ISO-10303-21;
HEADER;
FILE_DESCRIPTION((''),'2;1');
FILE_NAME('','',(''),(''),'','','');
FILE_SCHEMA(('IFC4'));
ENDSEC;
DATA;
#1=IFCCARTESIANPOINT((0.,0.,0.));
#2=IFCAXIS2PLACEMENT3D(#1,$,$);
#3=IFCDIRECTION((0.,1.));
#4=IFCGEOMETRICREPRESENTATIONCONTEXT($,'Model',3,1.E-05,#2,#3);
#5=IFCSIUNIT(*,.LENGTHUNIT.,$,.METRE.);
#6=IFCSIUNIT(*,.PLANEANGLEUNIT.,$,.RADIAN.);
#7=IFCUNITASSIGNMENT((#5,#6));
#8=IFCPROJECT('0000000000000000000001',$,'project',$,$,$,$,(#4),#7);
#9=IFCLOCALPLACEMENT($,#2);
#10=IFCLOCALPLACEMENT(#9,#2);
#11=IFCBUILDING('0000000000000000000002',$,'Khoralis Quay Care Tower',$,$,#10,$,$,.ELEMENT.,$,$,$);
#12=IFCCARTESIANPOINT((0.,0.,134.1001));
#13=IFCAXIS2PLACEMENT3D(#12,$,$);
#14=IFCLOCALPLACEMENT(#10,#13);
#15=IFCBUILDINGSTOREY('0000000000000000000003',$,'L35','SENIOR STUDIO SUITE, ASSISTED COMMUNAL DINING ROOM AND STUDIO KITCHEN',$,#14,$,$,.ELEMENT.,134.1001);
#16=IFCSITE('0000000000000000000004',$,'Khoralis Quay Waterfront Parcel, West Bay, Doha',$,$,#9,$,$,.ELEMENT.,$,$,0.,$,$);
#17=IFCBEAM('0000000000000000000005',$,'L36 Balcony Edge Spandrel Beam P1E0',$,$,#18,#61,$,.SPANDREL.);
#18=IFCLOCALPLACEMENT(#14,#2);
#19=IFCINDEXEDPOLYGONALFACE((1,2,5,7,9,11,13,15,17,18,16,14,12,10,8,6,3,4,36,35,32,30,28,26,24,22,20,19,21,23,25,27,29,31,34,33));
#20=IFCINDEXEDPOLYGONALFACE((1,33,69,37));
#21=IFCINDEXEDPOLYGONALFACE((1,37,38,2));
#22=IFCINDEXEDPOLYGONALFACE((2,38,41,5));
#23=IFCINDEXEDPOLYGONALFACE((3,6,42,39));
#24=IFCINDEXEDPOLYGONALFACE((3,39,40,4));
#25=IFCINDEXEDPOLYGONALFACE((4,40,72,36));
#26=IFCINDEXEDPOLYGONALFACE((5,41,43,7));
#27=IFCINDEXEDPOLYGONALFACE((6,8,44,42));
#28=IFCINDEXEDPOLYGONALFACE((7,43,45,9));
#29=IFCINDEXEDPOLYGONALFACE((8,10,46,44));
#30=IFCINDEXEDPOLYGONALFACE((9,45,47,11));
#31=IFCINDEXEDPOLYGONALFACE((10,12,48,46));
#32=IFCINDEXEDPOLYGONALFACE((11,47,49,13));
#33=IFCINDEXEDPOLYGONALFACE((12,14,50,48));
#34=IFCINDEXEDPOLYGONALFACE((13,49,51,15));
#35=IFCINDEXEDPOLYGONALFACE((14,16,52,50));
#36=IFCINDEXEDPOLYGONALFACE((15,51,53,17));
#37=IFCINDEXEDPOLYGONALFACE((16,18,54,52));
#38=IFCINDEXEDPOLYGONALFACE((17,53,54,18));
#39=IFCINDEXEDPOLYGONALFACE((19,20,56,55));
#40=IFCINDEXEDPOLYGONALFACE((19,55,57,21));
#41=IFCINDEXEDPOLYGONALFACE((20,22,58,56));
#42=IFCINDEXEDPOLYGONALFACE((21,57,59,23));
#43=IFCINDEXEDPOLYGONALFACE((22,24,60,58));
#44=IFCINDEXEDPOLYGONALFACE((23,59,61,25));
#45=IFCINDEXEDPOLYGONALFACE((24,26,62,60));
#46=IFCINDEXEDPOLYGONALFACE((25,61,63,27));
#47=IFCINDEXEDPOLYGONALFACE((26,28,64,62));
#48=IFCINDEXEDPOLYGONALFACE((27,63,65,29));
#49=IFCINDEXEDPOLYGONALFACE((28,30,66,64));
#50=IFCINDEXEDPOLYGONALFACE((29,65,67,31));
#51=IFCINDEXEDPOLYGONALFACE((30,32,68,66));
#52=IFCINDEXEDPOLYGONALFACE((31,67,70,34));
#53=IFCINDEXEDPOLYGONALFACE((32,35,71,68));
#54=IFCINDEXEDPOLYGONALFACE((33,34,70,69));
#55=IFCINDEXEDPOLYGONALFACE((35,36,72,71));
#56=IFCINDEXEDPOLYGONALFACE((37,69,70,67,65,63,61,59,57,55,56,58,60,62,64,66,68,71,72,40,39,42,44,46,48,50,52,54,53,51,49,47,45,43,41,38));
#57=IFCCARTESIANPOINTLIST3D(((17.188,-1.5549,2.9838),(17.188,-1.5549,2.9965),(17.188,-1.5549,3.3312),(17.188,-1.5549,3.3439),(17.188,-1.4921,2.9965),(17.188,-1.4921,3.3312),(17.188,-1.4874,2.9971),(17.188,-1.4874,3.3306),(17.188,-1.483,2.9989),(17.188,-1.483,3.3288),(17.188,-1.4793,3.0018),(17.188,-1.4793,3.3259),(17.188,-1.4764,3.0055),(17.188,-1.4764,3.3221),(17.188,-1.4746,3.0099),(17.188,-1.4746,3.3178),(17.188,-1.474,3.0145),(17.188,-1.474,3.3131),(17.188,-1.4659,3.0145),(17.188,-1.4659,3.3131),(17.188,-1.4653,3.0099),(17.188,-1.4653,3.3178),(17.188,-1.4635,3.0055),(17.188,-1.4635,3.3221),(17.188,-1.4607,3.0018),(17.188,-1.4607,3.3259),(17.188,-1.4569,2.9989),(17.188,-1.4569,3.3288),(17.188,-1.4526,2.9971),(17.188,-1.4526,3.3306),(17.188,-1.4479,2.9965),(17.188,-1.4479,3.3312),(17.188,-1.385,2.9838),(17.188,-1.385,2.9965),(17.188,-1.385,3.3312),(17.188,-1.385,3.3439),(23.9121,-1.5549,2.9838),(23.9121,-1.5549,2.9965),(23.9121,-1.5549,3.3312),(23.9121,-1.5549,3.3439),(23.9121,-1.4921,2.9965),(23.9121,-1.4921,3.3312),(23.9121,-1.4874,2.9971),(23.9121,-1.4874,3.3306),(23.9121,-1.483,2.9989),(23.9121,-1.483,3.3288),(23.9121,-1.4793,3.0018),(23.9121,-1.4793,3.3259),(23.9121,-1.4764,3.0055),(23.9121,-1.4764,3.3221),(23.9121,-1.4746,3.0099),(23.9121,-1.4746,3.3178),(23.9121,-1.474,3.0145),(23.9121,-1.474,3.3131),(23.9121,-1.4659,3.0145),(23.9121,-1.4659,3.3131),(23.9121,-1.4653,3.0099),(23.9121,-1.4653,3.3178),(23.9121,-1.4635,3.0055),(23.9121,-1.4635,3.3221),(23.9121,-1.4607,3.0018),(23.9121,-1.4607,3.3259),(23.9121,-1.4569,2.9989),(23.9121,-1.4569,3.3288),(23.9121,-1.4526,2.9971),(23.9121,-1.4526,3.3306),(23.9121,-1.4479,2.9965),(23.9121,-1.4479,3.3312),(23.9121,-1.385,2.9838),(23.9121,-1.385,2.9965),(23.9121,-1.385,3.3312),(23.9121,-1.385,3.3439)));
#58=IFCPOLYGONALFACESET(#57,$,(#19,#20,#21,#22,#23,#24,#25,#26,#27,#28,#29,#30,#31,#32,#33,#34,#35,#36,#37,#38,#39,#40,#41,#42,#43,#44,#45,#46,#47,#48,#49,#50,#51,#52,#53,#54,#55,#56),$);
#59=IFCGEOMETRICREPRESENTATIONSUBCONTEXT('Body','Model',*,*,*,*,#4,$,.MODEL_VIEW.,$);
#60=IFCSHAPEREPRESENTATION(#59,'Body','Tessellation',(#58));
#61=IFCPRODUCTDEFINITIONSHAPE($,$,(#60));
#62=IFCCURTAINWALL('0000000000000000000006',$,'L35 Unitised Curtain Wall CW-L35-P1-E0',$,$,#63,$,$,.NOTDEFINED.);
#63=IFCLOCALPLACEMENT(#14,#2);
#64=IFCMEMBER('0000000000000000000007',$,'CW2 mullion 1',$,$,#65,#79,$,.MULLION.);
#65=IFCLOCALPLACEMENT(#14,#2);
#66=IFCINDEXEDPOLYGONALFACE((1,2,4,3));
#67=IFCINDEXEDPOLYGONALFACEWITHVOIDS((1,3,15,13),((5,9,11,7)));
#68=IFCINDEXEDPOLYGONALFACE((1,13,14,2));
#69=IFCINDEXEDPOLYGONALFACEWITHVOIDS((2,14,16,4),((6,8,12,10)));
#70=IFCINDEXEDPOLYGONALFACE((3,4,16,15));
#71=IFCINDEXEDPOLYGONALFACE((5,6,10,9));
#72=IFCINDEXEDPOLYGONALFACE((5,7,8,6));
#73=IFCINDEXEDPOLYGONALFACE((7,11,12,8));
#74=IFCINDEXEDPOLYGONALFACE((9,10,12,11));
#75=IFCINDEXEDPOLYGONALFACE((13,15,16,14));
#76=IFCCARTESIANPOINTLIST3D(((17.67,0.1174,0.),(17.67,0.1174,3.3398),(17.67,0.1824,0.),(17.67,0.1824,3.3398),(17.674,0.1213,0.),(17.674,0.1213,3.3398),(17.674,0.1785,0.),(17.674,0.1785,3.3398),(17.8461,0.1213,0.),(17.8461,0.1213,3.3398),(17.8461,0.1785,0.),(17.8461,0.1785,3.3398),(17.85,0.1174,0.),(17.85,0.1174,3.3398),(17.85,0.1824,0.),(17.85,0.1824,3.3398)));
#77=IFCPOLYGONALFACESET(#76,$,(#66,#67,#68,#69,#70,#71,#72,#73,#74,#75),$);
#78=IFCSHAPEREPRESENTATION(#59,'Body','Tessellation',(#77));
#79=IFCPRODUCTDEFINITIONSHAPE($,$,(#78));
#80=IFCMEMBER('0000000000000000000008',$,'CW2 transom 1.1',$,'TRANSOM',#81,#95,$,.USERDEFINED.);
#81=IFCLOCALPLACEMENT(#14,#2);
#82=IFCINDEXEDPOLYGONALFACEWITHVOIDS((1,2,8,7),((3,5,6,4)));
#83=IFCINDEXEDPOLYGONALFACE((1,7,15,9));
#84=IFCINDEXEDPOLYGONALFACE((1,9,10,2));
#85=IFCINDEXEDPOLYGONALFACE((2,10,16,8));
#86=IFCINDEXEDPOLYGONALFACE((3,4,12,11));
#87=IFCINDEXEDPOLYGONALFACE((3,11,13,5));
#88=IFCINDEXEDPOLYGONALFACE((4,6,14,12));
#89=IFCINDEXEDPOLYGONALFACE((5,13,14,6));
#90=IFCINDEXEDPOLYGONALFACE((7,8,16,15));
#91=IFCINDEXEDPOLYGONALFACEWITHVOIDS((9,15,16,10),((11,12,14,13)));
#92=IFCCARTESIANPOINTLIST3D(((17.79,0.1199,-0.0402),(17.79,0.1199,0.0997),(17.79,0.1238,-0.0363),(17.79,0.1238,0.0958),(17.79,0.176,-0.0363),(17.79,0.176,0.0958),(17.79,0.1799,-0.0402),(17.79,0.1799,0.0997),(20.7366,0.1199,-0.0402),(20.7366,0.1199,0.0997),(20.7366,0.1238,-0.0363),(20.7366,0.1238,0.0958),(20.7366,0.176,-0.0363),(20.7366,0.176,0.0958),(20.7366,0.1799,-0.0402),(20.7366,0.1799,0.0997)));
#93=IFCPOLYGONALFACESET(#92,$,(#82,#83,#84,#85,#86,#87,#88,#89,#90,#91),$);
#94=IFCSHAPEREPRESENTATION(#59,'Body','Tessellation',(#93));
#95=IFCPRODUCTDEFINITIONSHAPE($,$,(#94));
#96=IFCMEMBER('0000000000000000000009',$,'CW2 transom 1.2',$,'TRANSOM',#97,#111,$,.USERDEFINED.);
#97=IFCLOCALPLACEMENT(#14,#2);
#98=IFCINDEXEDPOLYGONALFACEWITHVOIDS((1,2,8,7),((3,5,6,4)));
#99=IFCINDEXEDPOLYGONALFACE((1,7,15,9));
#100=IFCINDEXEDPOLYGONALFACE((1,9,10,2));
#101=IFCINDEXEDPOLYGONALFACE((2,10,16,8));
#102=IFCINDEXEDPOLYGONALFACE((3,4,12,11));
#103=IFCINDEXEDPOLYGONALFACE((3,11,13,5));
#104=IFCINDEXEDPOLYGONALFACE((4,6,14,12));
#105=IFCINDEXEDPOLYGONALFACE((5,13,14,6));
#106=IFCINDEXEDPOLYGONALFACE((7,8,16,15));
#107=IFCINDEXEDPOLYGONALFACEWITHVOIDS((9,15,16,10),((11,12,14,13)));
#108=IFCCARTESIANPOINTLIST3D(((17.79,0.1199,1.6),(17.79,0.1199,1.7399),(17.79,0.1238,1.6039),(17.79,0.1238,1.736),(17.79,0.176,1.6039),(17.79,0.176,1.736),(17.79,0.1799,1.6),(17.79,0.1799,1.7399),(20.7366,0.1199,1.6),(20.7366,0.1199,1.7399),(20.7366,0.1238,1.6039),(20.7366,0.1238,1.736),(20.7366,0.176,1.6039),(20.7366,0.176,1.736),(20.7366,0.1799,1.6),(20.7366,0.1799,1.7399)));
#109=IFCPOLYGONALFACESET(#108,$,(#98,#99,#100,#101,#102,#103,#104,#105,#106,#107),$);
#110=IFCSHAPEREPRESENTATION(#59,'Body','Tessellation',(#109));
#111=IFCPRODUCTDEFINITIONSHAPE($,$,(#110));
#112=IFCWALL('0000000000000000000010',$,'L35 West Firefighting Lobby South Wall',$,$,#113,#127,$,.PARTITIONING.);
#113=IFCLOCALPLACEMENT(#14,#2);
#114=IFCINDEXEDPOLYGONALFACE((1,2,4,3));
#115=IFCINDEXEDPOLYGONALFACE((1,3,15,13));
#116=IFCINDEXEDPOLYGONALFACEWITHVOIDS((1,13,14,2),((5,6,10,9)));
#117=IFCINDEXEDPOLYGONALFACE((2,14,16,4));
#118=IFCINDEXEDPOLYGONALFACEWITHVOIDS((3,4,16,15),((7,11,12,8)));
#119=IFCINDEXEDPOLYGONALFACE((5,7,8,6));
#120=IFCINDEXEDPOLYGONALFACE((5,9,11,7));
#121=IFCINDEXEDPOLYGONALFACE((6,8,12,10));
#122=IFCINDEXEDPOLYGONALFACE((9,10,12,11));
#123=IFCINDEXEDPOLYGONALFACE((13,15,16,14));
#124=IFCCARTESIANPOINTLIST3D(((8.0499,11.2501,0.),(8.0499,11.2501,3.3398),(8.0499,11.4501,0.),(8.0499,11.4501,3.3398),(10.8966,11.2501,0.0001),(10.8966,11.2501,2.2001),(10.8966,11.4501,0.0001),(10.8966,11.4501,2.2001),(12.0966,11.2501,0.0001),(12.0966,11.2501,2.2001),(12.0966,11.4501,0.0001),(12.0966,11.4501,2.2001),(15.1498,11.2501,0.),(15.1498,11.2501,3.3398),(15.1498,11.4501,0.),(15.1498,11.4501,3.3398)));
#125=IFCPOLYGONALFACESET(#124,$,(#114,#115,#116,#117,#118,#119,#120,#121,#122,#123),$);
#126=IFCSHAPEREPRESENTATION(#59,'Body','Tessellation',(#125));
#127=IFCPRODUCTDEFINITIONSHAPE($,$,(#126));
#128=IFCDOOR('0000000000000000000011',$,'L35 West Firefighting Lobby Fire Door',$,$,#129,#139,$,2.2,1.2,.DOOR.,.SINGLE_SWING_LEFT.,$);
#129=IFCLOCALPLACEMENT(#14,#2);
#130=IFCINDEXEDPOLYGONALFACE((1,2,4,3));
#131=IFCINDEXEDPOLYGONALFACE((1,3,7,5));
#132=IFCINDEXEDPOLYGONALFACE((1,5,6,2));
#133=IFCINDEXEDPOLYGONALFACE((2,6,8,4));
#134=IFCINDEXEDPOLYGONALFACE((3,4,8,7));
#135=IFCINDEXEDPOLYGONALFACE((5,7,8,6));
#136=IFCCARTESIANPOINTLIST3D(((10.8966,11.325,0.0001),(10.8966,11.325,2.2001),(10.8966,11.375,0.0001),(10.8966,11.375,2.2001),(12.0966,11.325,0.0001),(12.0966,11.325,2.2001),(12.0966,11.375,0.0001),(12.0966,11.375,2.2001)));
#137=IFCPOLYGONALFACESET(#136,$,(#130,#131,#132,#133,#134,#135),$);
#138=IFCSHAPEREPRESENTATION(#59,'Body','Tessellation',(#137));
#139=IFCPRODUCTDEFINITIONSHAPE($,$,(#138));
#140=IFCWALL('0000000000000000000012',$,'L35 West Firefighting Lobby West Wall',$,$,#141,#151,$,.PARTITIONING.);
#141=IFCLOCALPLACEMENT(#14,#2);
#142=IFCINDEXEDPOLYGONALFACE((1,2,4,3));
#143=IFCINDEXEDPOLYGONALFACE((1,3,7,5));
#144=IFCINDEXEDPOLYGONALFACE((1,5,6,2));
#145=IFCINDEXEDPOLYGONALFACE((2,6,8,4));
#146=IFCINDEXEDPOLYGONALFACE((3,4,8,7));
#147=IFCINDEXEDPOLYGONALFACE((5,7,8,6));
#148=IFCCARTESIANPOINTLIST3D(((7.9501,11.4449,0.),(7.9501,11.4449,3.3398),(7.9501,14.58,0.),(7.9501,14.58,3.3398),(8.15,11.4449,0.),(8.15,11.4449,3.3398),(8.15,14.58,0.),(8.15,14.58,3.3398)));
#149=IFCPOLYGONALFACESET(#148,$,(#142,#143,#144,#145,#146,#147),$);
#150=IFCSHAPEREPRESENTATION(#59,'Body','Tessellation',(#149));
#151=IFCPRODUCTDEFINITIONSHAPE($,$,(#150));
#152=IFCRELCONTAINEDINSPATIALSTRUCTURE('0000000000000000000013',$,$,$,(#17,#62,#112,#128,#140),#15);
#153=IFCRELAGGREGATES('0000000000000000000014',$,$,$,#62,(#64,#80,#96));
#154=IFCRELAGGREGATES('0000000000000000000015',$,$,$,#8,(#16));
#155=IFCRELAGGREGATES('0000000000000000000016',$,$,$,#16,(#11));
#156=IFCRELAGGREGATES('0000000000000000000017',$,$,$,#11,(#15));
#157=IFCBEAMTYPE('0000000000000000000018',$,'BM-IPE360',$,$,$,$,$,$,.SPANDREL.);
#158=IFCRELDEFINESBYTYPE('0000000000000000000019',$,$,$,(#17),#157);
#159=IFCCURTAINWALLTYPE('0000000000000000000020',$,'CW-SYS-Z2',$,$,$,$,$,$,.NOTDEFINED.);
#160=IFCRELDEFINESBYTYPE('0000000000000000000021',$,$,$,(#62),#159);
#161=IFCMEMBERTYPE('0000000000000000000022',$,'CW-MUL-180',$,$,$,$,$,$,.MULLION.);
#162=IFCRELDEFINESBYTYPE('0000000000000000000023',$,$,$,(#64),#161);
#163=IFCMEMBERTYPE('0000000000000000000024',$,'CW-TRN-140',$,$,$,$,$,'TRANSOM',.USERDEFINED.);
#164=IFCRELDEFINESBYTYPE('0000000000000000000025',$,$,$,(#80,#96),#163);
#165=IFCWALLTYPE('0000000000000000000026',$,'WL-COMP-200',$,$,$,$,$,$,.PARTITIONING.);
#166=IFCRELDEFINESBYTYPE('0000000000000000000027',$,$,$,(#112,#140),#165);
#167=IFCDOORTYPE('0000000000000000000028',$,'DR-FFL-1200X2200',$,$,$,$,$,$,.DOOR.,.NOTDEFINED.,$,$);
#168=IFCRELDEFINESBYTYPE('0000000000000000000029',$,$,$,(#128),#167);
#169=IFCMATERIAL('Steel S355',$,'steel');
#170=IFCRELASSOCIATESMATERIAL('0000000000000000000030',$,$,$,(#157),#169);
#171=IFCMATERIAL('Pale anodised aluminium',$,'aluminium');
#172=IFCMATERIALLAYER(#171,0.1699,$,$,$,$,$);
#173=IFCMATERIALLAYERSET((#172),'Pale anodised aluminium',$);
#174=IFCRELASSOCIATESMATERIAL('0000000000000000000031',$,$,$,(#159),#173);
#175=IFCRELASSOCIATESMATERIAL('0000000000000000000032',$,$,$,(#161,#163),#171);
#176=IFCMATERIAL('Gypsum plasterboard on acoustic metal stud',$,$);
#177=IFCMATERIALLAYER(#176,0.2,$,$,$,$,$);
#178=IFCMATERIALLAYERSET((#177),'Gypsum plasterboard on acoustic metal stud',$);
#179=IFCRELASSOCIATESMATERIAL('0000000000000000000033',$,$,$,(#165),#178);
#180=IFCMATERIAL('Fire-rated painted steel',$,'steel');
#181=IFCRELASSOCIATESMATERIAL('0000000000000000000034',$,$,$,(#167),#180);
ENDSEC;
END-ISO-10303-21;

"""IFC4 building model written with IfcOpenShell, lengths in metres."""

from ifc_helpers import new_model, si_unit, direction, frame, frame_2d, origin, origin_2d, place, context, subcontext, project, spatial, rectangle, hollow_rectangle, i_section, extrude, source, transform, mapped, material, layer, layer_set, material_profile, profile_set, type_object, element, fill, aggregate, save


model = new_model("IFC4")

# Units and contexts
model_context = context("Model", 3, precision=1e-05, world=origin(), true_north=direction((0.0, 1.0)))
body_context = subcontext(model_context, "Body", "Model", "MODEL_VIEW")
ifc_project = project(units=[si_unit("LENGTHUNIT", "METRE"), si_unit("PLANEANGLEUNIT", "RADIAN")], contexts=[model_context])

# Site, building, storey
site_placement = place(None, origin())
site = spatial("IfcSite", under=ifc_project, at=site_placement, Name="Khoralis Quay Waterfront Parcel, West Bay, Doha", CompositionType="ELEMENT", RefElevation=0.0)
building_placement = place(site_placement, origin())
building = spatial("IfcBuilding", under=site, at=building_placement, Name="Khoralis Quay Care Tower", CompositionType="ELEMENT")
storey_placement = place(building_placement, frame((0.0, 0.0, 134.1001)))
storey = spatial("IfcBuildingStorey", under=building, at=storey_placement, Name="L35", Description="SENIOR STUDIO SUITE, ASSISTED COMMUNAL DINING ROOM AND STUDIO KITCHEN", CompositionType="ELEMENT", Elevation=134.1001)

# Beam
ifc_material_1 = material(Name="Steel S355", Category="steel")
ifc_material_profile_1 = material_profile(ifc_material_1, i_section(OverallWidth=0.1699, OverallDepth=0.3601, WebThickness=0.0081, FlangeThickness=0.0127, FilletRadius=0.0181, at=origin_2d()), Name="Steel S355")
ifc_profile_set_1 = profile_set([ifc_material_profile_1], Name="Steel S355")
beam_type_1 = type_object("IfcBeamType", Name="BM-IPE360", PredefinedType="SPANDREL", material=ifc_profile_set_1)
shared_shape_1 = source(origin(), body_context, "Body", "SweptSolid", [
    extrude(i_section(OverallWidth=0.1699, OverallDepth=0.3601, WebThickness=0.0081, FlangeThickness=0.0127, FilletRadius=0.0181, at=origin_2d()), origin(), (0.0, 0.0, 1.0), 6.7241),
])
beam_1_placement = place(storey_placement, frame((17.188, -1.47, 3.1638), z_axis=(1.0, 0.0, 0.0), x_axis=(0.0, 1.0, 0.0)))
element("IfcBeam", 1, at=beam_1_placement, inside=storey, type_object=beam_type_1, Name="L36 Balcony Edge Spandrel Beam P1E0", PredefinedType="SPANDREL", context=body_context, shape_type="MappedRepresentation", body=[
    mapped(shared_shape_1, transform((0.0, 0.0, 0.0), scale=1.0)),
])

# Curtain wall, members
ifc_material_2 = material(Name="Pale anodised aluminium", Category="aluminium")
ifc_layer_1 = layer(ifc_material_2, 0.1699)
ifc_layer_set_1 = layer_set([ifc_layer_1], Name="Pale anodised aluminium")
curtain_wall_type = type_object("IfcCurtainWallType", Name="CW-SYS-Z2", PredefinedType="NOTDEFINED", material=ifc_layer_set_1)
curtain_wall_placement = place(storey_placement, origin())
curtain_wall = element("IfcCurtainWall", 2, at=curtain_wall_placement, inside=storey, type_object=curtain_wall_type, Name="L35 Unitised Curtain Wall CW-L35-P1-E0", PredefinedType="NOTDEFINED")
ifc_material_profile_2 = material_profile(ifc_material_2, hollow_rectangle(XDim=0.0649, YDim=0.1799, WallThickness=0.0039, at=origin_2d()), Name="Pale anodised aluminium")
ifc_profile_set_2 = profile_set([ifc_material_profile_2], Name="Pale anodised aluminium")
member_type_1 = type_object("IfcMemberType", Name="CW-MUL-180", PredefinedType="MULLION", material=ifc_profile_set_2)
shared_shape_2 = source(origin(), body_context, "Body", "SweptSolid", [
    extrude(hollow_rectangle(XDim=0.0649, YDim=0.1799, WallThickness=0.0039, at=origin_2d()), origin(), (0.0, 0.0, 1.0), 3.3398),
])
member_1_placement = place(storey_placement, frame((17.76, 0.1499, 0.0), z_axis=(0.0, 0.0, 1.0), x_axis=(0.0, 1.0, 0.0)))
member_1 = element("IfcMember", 3, at=member_1_placement, type_object=member_type_1, Name="CW2 mullion 1", PredefinedType="MULLION", context=body_context, shape_type="MappedRepresentation", body=[
    mapped(shared_shape_2, transform((0.0, 0.0, 0.0), scale=1.0)),
])
ifc_material_profile_3 = material_profile(ifc_material_2, hollow_rectangle(XDim=0.0601, YDim=0.1399, WallThickness=0.0039, at=origin_2d()), Name="Pale anodised aluminium")
ifc_profile_set_3 = profile_set([ifc_material_profile_3], Name="Pale anodised aluminium")
member_type_2 = type_object("IfcMemberType", Name="CW-TRN-140", ElementType="TRANSOM", PredefinedType="USERDEFINED", material=ifc_profile_set_3)
shared_shape_3 = source(origin(), body_context, "Body", "SweptSolid", [
    extrude(hollow_rectangle(XDim=0.0601, YDim=0.1399, WallThickness=0.0039, at=origin_2d()), origin(), (0.0, 0.0, 1.0), 2.9465),
])
member_2_placement = place(storey_placement, frame((17.79, 0.1499, 0.0298), z_axis=(1.0, 0.0, 0.0), x_axis=(0.0, 1.0, 0.0)))
member_2 = element("IfcMember", 4, at=member_2_placement, type_object=member_type_2, Name="CW2 transom 1.1", ObjectType="TRANSOM", PredefinedType="USERDEFINED", context=body_context, shape_type="MappedRepresentation", body=[
    mapped(shared_shape_3, transform((0.0, 0.0, 0.0), scale=1.0)),
])
member_3_placement = place(storey_placement, frame((17.79, 0.1499, 1.6699), z_axis=(1.0, 0.0, 0.0), x_axis=(0.0, 1.0, 0.0)))
member_3 = element("IfcMember", 5, at=member_3_placement, type_object=member_type_2, Name="CW2 transom 1.2", ObjectType="TRANSOM", PredefinedType="USERDEFINED", context=body_context, shape_type="MappedRepresentation", body=[
    mapped(shared_shape_3, transform((0.0, 0.0, 0.0), scale=1.0)),
])
aggregate(curtain_wall, [member_1, member_2, member_3])

# Wall, opening, door
ifc_material_3 = material(Name="Gypsum plasterboard on acoustic metal stud")
ifc_layer_2 = layer(ifc_material_3, 0.2)
ifc_layer_set_2 = layer_set([ifc_layer_2], Name="Gypsum plasterboard on acoustic metal stud")
wall_type_1 = type_object("IfcWallType", Name="WL-COMP-200", PredefinedType="PARTITIONING", material=ifc_layer_set_2)
wall_1_placement = place(storey_placement, frame((8.05, 11.3501, 0.0), z_axis=(0.0, 0.0, 1.0), x_axis=(1.0, 0.0, 0.0)))
wall_1 = element("IfcWall", 6, at=wall_1_placement, inside=storey, type_object=wall_type_1, Name="L35 West Firefighting Lobby South Wall", PredefinedType="PARTITIONING", context=body_context, shape_type="SweptSolid", body=[
    extrude(rectangle(XDim=7.0999, YDim=0.2, at=frame_2d((3.5498, 0.0))), origin(), (0.0, 0.0, 1.0), 3.3398),
])
opening_1_placement = place(wall_1_placement, frame((2.8464, 0.0, 0.0)))
opening_1 = element("IfcOpeningElement", 7, at=opening_1_placement, cuts=wall_1, PredefinedType="OPENING", context=body_context, shape_type="SweptSolid", body=[
    extrude(rectangle(XDim=1.2, YDim=2.2, at=frame_2d((0.6001, 1.1001))), frame((0.0, 0.1099, 0.0), z_axis=(0.0, -1.0, 0.0), x_axis=(1.0, 0.0, 0.0)), (0.0, 0.0, 1.0), 0.22),
])
ifc_material_4 = material(Name="Fire-rated painted steel", Category="steel")
door_type_1 = type_object("IfcDoorType", Name="DR-FFL-1200X2200", OperationType="NOTDEFINED", PredefinedType="DOOR", material=ifc_material_4)
shared_shape_4 = source(origin(), body_context, "Body", "SweptSolid", [
    extrude(rectangle(XDim=1.2, YDim=2.2, at=frame_2d((0.6001, 1.1001))), frame((0.0, 0.0249, 0.0), z_axis=(0.0, -1.0, 0.0), x_axis=(1.0, 0.0, 0.0)), (0.0, 0.0, 1.0), 0.05),
])
door_1_placement = place(opening_1_placement, origin())
door_1 = element("IfcDoor", 8, at=door_1_placement, inside=storey, type_object=door_type_1, Name="L35 West Firefighting Lobby Fire Door", OperationType="SINGLE_SWING_LEFT", OverallHeight=2.2, OverallWidth=1.2, PredefinedType="DOOR", context=body_context, shape_type="MappedRepresentation", body=[
    mapped(shared_shape_4, transform((0.0, 0.0, 0.0), scale=1.0)),
])
fill(opening_1, door_1)

# Wall
wall_2_placement = place(storey_placement, frame((8.05, 11.4451, 0.0), z_axis=(0.0, 0.0, 1.0), x_axis=(0.0, 1.0, 0.0)))
element("IfcWall", 9, at=wall_2_placement, inside=storey, type_object=wall_type_1, Name="L35 West Firefighting Lobby West Wall", PredefinedType="PARTITIONING", context=body_context, shape_type="SweptSolid", body=[
    extrude(rectangle(XDim=3.135, YDim=0.2, at=frame_2d((1.5674, 0.0))), origin(), (0.0, 0.0, 1.0), 3.3398),
])

save(model, "model.ifc")
